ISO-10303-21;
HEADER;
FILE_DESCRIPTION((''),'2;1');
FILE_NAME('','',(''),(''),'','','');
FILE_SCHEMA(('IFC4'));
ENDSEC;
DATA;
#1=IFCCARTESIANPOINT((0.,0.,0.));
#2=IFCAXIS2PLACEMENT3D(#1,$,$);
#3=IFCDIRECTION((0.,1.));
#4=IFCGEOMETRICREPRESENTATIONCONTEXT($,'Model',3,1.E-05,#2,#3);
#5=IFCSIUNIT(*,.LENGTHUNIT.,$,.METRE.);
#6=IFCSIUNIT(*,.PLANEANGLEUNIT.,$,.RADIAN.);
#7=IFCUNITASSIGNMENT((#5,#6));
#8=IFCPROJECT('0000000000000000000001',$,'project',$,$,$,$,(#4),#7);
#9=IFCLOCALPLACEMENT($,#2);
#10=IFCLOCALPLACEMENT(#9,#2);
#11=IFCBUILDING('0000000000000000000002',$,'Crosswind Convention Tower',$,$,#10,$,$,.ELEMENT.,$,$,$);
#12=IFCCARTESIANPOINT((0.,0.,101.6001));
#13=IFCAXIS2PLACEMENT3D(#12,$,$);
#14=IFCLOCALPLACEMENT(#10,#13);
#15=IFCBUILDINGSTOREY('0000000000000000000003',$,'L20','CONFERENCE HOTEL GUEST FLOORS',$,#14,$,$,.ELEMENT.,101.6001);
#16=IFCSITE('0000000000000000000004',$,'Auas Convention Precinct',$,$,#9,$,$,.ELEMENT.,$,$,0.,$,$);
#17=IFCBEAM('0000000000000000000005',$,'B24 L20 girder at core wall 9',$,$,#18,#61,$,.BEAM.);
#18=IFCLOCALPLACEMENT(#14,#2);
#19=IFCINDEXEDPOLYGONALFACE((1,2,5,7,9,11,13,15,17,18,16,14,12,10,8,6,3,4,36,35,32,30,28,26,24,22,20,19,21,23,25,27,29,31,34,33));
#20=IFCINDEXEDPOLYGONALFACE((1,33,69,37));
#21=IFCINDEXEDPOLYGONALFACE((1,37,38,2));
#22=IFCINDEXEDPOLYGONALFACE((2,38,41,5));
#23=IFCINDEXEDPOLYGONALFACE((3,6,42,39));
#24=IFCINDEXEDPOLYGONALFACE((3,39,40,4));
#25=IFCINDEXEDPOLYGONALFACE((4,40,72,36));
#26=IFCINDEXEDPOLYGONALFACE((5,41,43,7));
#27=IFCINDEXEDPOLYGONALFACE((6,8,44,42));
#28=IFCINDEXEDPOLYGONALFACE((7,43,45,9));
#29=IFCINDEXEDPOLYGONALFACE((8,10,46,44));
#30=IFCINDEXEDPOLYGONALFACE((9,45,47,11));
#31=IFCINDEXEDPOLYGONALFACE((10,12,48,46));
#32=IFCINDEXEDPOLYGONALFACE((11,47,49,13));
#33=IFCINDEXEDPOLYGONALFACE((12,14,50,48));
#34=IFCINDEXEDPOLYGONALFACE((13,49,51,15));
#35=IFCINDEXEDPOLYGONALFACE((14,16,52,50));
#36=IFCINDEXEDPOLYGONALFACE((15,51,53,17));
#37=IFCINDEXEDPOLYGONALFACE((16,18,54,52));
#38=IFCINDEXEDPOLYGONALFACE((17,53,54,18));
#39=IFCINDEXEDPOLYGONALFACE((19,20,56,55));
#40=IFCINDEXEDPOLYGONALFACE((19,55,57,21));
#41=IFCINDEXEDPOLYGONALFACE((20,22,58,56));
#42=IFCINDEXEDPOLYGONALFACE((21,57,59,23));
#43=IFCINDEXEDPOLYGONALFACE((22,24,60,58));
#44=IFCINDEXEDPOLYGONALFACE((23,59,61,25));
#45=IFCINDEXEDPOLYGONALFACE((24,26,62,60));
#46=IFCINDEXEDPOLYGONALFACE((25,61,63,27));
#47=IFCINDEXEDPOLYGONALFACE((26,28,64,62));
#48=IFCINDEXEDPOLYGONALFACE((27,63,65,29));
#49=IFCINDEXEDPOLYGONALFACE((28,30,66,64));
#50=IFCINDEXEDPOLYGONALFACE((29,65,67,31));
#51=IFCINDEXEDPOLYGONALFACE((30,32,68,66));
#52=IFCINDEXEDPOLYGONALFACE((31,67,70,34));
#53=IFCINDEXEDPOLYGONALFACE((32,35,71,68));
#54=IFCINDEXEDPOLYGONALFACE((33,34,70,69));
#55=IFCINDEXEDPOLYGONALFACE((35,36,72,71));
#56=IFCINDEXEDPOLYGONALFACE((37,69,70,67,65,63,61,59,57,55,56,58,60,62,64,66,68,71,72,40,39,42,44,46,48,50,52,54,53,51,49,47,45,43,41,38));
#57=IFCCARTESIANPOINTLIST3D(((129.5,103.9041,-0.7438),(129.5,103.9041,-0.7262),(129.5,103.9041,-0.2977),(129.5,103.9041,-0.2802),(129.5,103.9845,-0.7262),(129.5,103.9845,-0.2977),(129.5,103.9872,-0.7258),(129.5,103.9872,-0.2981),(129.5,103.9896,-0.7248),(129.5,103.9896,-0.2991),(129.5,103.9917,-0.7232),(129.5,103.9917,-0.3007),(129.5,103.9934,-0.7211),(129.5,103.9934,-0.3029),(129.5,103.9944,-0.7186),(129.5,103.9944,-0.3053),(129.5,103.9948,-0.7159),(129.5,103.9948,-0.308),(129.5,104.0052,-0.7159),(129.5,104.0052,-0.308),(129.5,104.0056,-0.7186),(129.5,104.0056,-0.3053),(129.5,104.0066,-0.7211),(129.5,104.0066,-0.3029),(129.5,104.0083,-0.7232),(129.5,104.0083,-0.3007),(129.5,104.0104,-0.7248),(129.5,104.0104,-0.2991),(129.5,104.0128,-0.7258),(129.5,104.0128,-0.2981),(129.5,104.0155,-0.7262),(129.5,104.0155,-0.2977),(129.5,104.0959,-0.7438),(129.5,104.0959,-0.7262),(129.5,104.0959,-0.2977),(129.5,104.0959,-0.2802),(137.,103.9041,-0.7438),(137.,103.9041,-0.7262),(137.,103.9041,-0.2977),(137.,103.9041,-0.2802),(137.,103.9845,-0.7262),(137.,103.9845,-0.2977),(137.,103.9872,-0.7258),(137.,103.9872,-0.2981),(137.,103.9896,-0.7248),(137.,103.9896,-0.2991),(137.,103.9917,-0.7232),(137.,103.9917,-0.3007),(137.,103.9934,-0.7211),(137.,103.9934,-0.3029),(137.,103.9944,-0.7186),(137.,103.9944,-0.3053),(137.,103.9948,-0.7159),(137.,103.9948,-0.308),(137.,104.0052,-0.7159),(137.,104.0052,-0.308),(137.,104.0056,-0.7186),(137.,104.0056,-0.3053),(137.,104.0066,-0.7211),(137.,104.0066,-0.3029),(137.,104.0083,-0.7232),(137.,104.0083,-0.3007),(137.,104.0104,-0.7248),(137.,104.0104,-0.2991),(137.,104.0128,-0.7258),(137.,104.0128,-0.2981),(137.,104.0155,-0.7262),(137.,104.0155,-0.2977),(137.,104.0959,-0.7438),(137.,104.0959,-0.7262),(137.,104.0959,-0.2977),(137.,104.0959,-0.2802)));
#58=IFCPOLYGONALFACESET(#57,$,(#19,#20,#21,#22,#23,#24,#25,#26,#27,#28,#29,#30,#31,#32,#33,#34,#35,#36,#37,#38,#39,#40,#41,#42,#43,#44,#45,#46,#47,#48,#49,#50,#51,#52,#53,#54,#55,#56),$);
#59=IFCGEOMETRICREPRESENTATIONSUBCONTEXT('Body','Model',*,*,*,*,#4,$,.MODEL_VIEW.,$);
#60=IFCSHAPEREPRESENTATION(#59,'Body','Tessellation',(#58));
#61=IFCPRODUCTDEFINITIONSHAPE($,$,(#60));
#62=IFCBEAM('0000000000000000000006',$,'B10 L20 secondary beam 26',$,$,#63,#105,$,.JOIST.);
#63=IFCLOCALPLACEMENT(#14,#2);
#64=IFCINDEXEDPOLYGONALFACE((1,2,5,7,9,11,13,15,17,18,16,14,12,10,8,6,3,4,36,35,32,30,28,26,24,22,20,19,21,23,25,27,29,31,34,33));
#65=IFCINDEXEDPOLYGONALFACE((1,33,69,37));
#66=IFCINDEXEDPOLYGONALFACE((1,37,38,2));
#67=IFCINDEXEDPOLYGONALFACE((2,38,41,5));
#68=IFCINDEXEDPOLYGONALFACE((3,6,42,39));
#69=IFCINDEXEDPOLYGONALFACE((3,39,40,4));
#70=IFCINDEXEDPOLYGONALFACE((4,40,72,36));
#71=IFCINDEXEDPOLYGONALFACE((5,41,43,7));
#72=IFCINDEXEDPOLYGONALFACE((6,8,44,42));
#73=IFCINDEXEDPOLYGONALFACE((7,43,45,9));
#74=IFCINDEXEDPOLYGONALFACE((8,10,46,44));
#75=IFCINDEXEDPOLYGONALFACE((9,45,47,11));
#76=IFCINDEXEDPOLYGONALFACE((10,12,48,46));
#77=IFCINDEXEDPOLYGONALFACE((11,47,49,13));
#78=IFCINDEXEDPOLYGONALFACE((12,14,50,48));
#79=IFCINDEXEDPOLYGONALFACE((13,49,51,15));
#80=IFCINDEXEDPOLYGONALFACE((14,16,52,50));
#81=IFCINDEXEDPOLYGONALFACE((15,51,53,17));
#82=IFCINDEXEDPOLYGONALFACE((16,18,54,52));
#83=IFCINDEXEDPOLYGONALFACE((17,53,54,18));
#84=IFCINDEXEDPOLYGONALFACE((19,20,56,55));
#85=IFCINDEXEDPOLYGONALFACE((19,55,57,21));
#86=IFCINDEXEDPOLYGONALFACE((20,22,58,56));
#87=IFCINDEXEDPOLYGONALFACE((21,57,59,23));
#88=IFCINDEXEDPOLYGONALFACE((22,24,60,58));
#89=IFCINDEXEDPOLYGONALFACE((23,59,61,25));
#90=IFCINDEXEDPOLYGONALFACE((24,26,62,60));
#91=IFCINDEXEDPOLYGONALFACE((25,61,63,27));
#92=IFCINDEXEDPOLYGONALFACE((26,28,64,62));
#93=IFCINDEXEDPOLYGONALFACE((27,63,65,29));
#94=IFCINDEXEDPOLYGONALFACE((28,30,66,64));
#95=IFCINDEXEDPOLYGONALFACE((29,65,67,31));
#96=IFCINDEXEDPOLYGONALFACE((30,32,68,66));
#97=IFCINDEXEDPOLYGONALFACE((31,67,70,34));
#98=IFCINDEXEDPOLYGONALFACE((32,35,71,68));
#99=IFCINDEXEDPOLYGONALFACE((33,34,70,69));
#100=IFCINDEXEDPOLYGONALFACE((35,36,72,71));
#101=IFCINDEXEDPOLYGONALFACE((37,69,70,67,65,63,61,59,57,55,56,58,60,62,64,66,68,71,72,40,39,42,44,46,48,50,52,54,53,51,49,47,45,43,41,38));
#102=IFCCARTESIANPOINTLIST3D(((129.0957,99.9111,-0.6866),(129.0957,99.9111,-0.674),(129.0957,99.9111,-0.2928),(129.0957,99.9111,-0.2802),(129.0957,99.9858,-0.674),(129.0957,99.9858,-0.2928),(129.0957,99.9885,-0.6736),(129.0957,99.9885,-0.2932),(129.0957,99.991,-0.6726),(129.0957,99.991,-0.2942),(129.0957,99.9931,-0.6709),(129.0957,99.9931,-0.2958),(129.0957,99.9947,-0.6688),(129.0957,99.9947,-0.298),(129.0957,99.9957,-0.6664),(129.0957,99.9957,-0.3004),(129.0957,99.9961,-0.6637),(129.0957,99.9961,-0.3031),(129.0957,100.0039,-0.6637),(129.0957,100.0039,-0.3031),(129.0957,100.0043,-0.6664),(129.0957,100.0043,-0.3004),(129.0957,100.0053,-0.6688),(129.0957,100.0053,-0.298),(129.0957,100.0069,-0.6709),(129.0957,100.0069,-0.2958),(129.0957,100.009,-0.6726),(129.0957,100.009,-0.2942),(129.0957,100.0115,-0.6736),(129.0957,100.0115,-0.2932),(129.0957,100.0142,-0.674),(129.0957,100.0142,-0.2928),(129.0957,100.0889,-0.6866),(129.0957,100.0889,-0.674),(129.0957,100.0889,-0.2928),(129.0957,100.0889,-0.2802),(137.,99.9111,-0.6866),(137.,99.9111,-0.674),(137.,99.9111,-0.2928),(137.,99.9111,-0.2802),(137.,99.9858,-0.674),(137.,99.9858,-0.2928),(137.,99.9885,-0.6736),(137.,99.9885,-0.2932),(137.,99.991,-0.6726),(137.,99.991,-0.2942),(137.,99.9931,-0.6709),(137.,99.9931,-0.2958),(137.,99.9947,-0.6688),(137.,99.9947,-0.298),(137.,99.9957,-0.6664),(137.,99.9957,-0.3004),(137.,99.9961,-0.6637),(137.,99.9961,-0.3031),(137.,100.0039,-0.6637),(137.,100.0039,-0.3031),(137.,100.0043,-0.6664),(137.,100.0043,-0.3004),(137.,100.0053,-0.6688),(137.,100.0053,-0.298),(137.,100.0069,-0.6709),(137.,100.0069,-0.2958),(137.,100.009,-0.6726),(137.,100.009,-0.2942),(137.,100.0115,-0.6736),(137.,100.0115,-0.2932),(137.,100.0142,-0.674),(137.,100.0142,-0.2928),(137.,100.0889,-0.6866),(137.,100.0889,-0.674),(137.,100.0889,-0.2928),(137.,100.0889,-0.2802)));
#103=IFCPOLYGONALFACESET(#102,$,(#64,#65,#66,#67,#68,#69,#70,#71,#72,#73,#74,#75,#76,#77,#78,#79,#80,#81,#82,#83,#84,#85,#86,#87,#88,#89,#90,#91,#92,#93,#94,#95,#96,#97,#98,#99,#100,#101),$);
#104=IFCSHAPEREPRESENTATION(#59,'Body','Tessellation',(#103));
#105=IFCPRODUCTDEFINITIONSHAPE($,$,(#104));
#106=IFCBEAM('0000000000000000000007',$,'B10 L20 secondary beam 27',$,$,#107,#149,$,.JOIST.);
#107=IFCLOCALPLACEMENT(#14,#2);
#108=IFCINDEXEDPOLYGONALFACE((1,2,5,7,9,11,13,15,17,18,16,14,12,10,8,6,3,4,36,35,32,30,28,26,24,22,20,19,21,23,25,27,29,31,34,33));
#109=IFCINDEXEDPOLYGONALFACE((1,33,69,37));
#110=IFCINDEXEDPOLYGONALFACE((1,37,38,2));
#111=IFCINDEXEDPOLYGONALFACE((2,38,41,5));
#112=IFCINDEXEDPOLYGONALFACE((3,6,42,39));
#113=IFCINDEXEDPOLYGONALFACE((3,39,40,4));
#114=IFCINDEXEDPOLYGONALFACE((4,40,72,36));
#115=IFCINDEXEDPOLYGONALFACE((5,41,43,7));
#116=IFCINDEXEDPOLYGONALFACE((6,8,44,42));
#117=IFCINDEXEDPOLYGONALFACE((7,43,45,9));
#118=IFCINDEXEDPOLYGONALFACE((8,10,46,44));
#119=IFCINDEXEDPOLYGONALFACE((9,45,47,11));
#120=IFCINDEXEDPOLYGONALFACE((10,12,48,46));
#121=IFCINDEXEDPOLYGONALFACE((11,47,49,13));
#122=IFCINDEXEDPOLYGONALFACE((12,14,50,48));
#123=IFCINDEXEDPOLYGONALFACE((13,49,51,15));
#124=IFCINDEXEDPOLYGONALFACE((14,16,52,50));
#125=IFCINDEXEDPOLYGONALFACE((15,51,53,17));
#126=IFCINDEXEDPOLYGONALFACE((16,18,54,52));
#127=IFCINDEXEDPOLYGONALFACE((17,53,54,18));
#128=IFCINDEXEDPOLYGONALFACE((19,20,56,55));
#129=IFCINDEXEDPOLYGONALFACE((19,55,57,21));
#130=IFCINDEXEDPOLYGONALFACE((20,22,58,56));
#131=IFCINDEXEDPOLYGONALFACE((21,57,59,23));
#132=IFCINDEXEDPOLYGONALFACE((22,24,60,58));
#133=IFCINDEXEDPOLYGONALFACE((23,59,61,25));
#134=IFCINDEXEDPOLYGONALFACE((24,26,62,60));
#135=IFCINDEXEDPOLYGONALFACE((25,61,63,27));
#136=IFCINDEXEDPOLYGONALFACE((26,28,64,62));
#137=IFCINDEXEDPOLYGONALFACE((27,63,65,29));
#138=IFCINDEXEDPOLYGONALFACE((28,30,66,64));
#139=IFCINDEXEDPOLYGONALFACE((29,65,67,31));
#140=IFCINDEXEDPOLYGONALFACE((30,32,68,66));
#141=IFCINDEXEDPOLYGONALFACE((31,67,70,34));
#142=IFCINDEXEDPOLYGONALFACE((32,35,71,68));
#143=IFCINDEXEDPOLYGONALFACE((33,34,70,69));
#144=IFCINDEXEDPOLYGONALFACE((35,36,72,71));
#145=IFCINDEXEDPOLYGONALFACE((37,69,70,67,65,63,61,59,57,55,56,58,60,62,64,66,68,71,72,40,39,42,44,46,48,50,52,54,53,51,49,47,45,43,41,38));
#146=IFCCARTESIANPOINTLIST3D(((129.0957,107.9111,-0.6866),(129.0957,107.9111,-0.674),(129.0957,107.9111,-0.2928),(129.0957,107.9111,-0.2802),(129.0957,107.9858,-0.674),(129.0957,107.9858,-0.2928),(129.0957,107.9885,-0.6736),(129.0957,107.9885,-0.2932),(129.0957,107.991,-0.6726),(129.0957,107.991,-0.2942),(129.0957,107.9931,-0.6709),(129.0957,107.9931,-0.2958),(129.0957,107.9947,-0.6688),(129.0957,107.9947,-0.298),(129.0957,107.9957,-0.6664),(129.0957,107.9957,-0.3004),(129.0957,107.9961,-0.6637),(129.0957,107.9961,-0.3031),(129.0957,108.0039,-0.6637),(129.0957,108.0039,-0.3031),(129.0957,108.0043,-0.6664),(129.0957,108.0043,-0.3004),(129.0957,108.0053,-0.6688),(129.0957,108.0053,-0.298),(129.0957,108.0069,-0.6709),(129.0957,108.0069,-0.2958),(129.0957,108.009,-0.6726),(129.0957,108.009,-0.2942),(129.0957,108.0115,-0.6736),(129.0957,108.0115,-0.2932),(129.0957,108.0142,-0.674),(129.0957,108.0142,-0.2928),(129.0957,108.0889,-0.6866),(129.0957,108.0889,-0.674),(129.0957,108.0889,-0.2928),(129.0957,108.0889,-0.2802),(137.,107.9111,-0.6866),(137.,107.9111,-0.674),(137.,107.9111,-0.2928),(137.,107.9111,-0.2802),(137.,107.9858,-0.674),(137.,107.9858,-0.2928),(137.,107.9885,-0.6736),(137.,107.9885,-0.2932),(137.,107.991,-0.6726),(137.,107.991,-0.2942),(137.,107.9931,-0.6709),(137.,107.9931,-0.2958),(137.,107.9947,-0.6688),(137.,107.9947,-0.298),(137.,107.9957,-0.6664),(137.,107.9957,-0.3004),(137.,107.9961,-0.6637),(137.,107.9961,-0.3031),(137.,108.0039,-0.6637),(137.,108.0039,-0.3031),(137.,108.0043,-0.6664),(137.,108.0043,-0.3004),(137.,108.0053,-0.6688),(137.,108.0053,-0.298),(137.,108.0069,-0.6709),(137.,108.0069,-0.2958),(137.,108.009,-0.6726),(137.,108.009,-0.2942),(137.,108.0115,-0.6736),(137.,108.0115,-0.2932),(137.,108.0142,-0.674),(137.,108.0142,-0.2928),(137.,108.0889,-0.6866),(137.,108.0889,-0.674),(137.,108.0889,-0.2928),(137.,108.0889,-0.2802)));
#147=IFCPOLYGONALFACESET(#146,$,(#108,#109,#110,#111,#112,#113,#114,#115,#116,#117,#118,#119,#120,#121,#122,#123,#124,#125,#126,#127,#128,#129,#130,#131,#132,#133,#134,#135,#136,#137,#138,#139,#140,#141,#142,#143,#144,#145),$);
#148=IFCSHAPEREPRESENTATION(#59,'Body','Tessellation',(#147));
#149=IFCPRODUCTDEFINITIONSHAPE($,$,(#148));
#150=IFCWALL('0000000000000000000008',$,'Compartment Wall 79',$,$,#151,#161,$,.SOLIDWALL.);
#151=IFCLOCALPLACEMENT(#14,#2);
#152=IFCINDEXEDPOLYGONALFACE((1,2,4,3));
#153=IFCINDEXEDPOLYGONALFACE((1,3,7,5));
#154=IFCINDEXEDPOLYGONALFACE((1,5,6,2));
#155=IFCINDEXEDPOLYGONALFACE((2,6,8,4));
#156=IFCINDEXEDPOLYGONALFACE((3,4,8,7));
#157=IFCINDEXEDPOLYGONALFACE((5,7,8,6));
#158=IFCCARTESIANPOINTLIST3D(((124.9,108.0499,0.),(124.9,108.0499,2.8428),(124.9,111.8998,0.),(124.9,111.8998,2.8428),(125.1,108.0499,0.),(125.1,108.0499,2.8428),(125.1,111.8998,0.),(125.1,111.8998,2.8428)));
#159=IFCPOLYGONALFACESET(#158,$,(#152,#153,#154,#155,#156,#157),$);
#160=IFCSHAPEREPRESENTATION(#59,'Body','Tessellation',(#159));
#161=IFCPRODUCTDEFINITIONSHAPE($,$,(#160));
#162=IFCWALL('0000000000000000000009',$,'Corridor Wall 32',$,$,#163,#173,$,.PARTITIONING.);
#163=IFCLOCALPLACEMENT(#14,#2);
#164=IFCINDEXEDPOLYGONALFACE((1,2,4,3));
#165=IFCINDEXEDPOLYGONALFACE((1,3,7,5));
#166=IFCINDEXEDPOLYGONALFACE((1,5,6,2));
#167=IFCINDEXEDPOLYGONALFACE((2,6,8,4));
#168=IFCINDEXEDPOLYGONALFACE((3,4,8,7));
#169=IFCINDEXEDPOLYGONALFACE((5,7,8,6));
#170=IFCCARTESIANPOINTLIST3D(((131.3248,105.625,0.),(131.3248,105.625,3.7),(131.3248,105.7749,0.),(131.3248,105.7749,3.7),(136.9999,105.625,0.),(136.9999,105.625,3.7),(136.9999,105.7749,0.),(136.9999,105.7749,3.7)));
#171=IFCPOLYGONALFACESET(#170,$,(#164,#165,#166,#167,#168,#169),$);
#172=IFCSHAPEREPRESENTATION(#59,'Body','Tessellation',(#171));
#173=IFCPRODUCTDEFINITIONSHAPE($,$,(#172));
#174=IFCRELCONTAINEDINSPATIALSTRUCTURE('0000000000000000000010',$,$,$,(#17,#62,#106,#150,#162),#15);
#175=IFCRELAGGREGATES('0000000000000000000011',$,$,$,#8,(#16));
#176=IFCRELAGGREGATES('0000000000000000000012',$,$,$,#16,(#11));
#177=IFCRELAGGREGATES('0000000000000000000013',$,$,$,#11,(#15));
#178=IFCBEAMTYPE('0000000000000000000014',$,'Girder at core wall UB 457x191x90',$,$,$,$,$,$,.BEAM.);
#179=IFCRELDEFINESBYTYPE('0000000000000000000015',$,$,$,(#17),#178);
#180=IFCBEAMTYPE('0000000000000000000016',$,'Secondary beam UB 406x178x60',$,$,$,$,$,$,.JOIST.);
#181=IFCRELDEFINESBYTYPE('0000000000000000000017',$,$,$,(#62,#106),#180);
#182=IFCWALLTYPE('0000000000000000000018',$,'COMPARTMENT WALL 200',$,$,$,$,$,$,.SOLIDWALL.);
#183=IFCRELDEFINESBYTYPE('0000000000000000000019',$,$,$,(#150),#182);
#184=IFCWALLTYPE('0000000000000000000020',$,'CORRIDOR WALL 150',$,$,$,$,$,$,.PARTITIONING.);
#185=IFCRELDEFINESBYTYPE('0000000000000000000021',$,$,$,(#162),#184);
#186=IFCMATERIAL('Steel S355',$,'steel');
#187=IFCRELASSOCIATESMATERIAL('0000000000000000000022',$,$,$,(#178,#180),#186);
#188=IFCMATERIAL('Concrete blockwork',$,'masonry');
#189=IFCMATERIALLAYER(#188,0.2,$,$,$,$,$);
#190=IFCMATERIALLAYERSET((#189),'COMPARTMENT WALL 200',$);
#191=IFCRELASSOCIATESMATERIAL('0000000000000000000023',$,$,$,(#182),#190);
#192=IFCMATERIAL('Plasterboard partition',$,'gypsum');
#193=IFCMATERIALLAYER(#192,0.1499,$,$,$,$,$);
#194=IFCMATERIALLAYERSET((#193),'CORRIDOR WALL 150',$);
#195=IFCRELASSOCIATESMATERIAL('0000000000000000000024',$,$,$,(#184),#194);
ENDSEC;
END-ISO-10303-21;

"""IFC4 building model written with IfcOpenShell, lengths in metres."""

from ifc_helpers import new_model, si_unit, direction, frame, frame_2d, origin, origin_2d, place, context, subcontext, project, spatial, rectangle, i_section, extrude, material, layer, layer_set, material_profile, profile_set, type_object, element, save


model = new_model("IFC4")

# Units and contexts
model_context = context("Model", 3, precision=1e-05, world=origin(), true_north=direction((0.0, 1.0)))
body_context = subcontext(model_context, "Body", "Model", "MODEL_VIEW")
ifc_project = project(units=[si_unit("LENGTHUNIT", "METRE"), si_unit("PLANEANGLEUNIT", "RADIAN")], contexts=[model_context])

# Site, building, storey
site_placement = place(None, origin())
site = spatial("IfcSite", under=ifc_project, at=site_placement, Name="Auas Convention Precinct", CompositionType="ELEMENT", RefElevation=0.0)
building_placement = place(site_placement, origin())
building = spatial("IfcBuilding", under=site, at=building_placement, Name="Crosswind Convention Tower", CompositionType="ELEMENT")
storey_placement = place(building_placement, frame((0.0, 0.0, 101.6001)))
storey = spatial("IfcBuildingStorey", under=building, at=storey_placement, Name="L20", Description="CONFERENCE HOTEL GUEST FLOORS", CompositionType="ELEMENT", Elevation=101.6001)

# Beams
ifc_material_1 = material(Name="Steel S355", Category="steel")
ifc_material_profile_1 = material_profile(ifc_material_1, i_section(OverallWidth=0.1919, OverallDepth=0.4636, WebThickness=0.0105, FlangeThickness=0.0176, FilletRadius=0.0103, at=origin_2d()), Name="UB 457x191x90")
ifc_profile_set_1 = profile_set([ifc_material_profile_1], Name="Steel S355")
beam_type_1 = type_object("IfcBeamType", Name="Girder at core wall UB 457x191x90", PredefinedType="BEAM", material=ifc_profile_set_1)
beam_placement = place(storey_placement, frame((129.5, 104.0, -0.512), z_axis=(1.0, 0.0, 0.0), x_axis=(0.0, 1.0, 0.0)))
element("IfcBeam", 1, at=beam_placement, inside=storey, type_object=beam_type_1, Name="B24 L20 girder at core wall 9", PredefinedType="BEAM", context=body_context, shape_type="SweptSolid", body=[
    extrude(i_section(OverallWidth=0.1919, OverallDepth=0.4636, WebThickness=0.0105, FlangeThickness=0.0176, FilletRadius=0.0103, at=origin_2d()), origin(), (0.0, 0.0, 1.0), 7.5),
])
ifc_material_profile_2 = material_profile(ifc_material_1, i_section(OverallWidth=0.1777, OverallDepth=0.4065, WebThickness=0.0078, FlangeThickness=0.0127, FilletRadius=0.0103, at=origin_2d()), Name="UB 406x178x60")
ifc_profile_set_2 = profile_set([ifc_material_profile_2], Name="Steel S355")
beam_type_2 = type_object("IfcBeamType", Name="Secondary beam UB 406x178x60", PredefinedType="JOIST", material=ifc_profile_set_2)
for number, where, z_axis, x_axis, name in (
    (2, (129.0957, 100.0, -0.4834), (1.0, 0.0, 0.0), (0.0, 1.0, 0.0), "B10 L20 secondary beam 26"),
    (3, (129.0957, 108.0, -0.4834), (1.0, 0.0, 0.0), (0.0, 1.0, 0.0), "B10 L20 secondary beam 27"),
):
    element("IfcBeam", number, at=place(storey_placement, frame(where, z_axis=z_axis, x_axis=x_axis)), inside=storey, type_object=beam_type_2, Name=name, PredefinedType="JOIST", context=body_context, shape_type="SweptSolid", body=[
        extrude(i_section(OverallWidth=0.1777, OverallDepth=0.4065, WebThickness=0.0078, FlangeThickness=0.0127, FilletRadius=0.0103, at=origin_2d()), origin(), (0.0, 0.0, 1.0), 7.9043),
    ])

# Walls
ifc_material_2 = material(Name="Concrete blockwork", Category="masonry")
ifc_layer_1 = layer(ifc_material_2, 0.2)
ifc_layer_set_1 = layer_set([ifc_layer_1], Name="COMPARTMENT WALL 200")
wall_type_1 = type_object("IfcWallType", Name="COMPARTMENT WALL 200", PredefinedType="SOLIDWALL", material=ifc_layer_set_1)
wall_1_placement = place(storey_placement, frame((125.0, 108.05, 0.0), z_axis=(0.0, 0.0, 1.0), x_axis=(0.0, 1.0, 0.0)))
element("IfcWall", 4, at=wall_1_placement, inside=storey, type_object=wall_type_1, Name="Compartment Wall 79", PredefinedType="SOLIDWALL", context=body_context, shape_type="SweptSolid", body=[
    extrude(rectangle(XDim=3.8499, YDim=0.2, at=frame_2d((1.9248, 0.0))), origin(), (0.0, 0.0, 1.0), 2.8428),
])
ifc_material_3 = material(Name="Plasterboard partition", Category="gypsum")
ifc_layer_2 = layer(ifc_material_3, 0.1499)
ifc_layer_set_2 = layer_set([ifc_layer_2], Name="CORRIDOR WALL 150")
wall_type_2 = type_object("IfcWallType", Name="CORRIDOR WALL 150", PredefinedType="PARTITIONING", material=ifc_layer_set_2)
wall_2_placement = place(storey_placement, frame((131.325, 105.7, 0.0), z_axis=(0.0, 0.0, 1.0), x_axis=(1.0, 0.0, 0.0)))
element("IfcWall", 5, at=wall_2_placement, inside=storey, type_object=wall_type_2, Name="Corridor Wall 32", PredefinedType="PARTITIONING", context=body_context, shape_type="SweptSolid", body=[
    extrude(rectangle(XDim=5.675, YDim=0.1499, at=frame_2d((2.8374, 0.0))), origin(), (0.0, 0.0, 1.0), 3.7),
])

save(model, "model.ifc")
